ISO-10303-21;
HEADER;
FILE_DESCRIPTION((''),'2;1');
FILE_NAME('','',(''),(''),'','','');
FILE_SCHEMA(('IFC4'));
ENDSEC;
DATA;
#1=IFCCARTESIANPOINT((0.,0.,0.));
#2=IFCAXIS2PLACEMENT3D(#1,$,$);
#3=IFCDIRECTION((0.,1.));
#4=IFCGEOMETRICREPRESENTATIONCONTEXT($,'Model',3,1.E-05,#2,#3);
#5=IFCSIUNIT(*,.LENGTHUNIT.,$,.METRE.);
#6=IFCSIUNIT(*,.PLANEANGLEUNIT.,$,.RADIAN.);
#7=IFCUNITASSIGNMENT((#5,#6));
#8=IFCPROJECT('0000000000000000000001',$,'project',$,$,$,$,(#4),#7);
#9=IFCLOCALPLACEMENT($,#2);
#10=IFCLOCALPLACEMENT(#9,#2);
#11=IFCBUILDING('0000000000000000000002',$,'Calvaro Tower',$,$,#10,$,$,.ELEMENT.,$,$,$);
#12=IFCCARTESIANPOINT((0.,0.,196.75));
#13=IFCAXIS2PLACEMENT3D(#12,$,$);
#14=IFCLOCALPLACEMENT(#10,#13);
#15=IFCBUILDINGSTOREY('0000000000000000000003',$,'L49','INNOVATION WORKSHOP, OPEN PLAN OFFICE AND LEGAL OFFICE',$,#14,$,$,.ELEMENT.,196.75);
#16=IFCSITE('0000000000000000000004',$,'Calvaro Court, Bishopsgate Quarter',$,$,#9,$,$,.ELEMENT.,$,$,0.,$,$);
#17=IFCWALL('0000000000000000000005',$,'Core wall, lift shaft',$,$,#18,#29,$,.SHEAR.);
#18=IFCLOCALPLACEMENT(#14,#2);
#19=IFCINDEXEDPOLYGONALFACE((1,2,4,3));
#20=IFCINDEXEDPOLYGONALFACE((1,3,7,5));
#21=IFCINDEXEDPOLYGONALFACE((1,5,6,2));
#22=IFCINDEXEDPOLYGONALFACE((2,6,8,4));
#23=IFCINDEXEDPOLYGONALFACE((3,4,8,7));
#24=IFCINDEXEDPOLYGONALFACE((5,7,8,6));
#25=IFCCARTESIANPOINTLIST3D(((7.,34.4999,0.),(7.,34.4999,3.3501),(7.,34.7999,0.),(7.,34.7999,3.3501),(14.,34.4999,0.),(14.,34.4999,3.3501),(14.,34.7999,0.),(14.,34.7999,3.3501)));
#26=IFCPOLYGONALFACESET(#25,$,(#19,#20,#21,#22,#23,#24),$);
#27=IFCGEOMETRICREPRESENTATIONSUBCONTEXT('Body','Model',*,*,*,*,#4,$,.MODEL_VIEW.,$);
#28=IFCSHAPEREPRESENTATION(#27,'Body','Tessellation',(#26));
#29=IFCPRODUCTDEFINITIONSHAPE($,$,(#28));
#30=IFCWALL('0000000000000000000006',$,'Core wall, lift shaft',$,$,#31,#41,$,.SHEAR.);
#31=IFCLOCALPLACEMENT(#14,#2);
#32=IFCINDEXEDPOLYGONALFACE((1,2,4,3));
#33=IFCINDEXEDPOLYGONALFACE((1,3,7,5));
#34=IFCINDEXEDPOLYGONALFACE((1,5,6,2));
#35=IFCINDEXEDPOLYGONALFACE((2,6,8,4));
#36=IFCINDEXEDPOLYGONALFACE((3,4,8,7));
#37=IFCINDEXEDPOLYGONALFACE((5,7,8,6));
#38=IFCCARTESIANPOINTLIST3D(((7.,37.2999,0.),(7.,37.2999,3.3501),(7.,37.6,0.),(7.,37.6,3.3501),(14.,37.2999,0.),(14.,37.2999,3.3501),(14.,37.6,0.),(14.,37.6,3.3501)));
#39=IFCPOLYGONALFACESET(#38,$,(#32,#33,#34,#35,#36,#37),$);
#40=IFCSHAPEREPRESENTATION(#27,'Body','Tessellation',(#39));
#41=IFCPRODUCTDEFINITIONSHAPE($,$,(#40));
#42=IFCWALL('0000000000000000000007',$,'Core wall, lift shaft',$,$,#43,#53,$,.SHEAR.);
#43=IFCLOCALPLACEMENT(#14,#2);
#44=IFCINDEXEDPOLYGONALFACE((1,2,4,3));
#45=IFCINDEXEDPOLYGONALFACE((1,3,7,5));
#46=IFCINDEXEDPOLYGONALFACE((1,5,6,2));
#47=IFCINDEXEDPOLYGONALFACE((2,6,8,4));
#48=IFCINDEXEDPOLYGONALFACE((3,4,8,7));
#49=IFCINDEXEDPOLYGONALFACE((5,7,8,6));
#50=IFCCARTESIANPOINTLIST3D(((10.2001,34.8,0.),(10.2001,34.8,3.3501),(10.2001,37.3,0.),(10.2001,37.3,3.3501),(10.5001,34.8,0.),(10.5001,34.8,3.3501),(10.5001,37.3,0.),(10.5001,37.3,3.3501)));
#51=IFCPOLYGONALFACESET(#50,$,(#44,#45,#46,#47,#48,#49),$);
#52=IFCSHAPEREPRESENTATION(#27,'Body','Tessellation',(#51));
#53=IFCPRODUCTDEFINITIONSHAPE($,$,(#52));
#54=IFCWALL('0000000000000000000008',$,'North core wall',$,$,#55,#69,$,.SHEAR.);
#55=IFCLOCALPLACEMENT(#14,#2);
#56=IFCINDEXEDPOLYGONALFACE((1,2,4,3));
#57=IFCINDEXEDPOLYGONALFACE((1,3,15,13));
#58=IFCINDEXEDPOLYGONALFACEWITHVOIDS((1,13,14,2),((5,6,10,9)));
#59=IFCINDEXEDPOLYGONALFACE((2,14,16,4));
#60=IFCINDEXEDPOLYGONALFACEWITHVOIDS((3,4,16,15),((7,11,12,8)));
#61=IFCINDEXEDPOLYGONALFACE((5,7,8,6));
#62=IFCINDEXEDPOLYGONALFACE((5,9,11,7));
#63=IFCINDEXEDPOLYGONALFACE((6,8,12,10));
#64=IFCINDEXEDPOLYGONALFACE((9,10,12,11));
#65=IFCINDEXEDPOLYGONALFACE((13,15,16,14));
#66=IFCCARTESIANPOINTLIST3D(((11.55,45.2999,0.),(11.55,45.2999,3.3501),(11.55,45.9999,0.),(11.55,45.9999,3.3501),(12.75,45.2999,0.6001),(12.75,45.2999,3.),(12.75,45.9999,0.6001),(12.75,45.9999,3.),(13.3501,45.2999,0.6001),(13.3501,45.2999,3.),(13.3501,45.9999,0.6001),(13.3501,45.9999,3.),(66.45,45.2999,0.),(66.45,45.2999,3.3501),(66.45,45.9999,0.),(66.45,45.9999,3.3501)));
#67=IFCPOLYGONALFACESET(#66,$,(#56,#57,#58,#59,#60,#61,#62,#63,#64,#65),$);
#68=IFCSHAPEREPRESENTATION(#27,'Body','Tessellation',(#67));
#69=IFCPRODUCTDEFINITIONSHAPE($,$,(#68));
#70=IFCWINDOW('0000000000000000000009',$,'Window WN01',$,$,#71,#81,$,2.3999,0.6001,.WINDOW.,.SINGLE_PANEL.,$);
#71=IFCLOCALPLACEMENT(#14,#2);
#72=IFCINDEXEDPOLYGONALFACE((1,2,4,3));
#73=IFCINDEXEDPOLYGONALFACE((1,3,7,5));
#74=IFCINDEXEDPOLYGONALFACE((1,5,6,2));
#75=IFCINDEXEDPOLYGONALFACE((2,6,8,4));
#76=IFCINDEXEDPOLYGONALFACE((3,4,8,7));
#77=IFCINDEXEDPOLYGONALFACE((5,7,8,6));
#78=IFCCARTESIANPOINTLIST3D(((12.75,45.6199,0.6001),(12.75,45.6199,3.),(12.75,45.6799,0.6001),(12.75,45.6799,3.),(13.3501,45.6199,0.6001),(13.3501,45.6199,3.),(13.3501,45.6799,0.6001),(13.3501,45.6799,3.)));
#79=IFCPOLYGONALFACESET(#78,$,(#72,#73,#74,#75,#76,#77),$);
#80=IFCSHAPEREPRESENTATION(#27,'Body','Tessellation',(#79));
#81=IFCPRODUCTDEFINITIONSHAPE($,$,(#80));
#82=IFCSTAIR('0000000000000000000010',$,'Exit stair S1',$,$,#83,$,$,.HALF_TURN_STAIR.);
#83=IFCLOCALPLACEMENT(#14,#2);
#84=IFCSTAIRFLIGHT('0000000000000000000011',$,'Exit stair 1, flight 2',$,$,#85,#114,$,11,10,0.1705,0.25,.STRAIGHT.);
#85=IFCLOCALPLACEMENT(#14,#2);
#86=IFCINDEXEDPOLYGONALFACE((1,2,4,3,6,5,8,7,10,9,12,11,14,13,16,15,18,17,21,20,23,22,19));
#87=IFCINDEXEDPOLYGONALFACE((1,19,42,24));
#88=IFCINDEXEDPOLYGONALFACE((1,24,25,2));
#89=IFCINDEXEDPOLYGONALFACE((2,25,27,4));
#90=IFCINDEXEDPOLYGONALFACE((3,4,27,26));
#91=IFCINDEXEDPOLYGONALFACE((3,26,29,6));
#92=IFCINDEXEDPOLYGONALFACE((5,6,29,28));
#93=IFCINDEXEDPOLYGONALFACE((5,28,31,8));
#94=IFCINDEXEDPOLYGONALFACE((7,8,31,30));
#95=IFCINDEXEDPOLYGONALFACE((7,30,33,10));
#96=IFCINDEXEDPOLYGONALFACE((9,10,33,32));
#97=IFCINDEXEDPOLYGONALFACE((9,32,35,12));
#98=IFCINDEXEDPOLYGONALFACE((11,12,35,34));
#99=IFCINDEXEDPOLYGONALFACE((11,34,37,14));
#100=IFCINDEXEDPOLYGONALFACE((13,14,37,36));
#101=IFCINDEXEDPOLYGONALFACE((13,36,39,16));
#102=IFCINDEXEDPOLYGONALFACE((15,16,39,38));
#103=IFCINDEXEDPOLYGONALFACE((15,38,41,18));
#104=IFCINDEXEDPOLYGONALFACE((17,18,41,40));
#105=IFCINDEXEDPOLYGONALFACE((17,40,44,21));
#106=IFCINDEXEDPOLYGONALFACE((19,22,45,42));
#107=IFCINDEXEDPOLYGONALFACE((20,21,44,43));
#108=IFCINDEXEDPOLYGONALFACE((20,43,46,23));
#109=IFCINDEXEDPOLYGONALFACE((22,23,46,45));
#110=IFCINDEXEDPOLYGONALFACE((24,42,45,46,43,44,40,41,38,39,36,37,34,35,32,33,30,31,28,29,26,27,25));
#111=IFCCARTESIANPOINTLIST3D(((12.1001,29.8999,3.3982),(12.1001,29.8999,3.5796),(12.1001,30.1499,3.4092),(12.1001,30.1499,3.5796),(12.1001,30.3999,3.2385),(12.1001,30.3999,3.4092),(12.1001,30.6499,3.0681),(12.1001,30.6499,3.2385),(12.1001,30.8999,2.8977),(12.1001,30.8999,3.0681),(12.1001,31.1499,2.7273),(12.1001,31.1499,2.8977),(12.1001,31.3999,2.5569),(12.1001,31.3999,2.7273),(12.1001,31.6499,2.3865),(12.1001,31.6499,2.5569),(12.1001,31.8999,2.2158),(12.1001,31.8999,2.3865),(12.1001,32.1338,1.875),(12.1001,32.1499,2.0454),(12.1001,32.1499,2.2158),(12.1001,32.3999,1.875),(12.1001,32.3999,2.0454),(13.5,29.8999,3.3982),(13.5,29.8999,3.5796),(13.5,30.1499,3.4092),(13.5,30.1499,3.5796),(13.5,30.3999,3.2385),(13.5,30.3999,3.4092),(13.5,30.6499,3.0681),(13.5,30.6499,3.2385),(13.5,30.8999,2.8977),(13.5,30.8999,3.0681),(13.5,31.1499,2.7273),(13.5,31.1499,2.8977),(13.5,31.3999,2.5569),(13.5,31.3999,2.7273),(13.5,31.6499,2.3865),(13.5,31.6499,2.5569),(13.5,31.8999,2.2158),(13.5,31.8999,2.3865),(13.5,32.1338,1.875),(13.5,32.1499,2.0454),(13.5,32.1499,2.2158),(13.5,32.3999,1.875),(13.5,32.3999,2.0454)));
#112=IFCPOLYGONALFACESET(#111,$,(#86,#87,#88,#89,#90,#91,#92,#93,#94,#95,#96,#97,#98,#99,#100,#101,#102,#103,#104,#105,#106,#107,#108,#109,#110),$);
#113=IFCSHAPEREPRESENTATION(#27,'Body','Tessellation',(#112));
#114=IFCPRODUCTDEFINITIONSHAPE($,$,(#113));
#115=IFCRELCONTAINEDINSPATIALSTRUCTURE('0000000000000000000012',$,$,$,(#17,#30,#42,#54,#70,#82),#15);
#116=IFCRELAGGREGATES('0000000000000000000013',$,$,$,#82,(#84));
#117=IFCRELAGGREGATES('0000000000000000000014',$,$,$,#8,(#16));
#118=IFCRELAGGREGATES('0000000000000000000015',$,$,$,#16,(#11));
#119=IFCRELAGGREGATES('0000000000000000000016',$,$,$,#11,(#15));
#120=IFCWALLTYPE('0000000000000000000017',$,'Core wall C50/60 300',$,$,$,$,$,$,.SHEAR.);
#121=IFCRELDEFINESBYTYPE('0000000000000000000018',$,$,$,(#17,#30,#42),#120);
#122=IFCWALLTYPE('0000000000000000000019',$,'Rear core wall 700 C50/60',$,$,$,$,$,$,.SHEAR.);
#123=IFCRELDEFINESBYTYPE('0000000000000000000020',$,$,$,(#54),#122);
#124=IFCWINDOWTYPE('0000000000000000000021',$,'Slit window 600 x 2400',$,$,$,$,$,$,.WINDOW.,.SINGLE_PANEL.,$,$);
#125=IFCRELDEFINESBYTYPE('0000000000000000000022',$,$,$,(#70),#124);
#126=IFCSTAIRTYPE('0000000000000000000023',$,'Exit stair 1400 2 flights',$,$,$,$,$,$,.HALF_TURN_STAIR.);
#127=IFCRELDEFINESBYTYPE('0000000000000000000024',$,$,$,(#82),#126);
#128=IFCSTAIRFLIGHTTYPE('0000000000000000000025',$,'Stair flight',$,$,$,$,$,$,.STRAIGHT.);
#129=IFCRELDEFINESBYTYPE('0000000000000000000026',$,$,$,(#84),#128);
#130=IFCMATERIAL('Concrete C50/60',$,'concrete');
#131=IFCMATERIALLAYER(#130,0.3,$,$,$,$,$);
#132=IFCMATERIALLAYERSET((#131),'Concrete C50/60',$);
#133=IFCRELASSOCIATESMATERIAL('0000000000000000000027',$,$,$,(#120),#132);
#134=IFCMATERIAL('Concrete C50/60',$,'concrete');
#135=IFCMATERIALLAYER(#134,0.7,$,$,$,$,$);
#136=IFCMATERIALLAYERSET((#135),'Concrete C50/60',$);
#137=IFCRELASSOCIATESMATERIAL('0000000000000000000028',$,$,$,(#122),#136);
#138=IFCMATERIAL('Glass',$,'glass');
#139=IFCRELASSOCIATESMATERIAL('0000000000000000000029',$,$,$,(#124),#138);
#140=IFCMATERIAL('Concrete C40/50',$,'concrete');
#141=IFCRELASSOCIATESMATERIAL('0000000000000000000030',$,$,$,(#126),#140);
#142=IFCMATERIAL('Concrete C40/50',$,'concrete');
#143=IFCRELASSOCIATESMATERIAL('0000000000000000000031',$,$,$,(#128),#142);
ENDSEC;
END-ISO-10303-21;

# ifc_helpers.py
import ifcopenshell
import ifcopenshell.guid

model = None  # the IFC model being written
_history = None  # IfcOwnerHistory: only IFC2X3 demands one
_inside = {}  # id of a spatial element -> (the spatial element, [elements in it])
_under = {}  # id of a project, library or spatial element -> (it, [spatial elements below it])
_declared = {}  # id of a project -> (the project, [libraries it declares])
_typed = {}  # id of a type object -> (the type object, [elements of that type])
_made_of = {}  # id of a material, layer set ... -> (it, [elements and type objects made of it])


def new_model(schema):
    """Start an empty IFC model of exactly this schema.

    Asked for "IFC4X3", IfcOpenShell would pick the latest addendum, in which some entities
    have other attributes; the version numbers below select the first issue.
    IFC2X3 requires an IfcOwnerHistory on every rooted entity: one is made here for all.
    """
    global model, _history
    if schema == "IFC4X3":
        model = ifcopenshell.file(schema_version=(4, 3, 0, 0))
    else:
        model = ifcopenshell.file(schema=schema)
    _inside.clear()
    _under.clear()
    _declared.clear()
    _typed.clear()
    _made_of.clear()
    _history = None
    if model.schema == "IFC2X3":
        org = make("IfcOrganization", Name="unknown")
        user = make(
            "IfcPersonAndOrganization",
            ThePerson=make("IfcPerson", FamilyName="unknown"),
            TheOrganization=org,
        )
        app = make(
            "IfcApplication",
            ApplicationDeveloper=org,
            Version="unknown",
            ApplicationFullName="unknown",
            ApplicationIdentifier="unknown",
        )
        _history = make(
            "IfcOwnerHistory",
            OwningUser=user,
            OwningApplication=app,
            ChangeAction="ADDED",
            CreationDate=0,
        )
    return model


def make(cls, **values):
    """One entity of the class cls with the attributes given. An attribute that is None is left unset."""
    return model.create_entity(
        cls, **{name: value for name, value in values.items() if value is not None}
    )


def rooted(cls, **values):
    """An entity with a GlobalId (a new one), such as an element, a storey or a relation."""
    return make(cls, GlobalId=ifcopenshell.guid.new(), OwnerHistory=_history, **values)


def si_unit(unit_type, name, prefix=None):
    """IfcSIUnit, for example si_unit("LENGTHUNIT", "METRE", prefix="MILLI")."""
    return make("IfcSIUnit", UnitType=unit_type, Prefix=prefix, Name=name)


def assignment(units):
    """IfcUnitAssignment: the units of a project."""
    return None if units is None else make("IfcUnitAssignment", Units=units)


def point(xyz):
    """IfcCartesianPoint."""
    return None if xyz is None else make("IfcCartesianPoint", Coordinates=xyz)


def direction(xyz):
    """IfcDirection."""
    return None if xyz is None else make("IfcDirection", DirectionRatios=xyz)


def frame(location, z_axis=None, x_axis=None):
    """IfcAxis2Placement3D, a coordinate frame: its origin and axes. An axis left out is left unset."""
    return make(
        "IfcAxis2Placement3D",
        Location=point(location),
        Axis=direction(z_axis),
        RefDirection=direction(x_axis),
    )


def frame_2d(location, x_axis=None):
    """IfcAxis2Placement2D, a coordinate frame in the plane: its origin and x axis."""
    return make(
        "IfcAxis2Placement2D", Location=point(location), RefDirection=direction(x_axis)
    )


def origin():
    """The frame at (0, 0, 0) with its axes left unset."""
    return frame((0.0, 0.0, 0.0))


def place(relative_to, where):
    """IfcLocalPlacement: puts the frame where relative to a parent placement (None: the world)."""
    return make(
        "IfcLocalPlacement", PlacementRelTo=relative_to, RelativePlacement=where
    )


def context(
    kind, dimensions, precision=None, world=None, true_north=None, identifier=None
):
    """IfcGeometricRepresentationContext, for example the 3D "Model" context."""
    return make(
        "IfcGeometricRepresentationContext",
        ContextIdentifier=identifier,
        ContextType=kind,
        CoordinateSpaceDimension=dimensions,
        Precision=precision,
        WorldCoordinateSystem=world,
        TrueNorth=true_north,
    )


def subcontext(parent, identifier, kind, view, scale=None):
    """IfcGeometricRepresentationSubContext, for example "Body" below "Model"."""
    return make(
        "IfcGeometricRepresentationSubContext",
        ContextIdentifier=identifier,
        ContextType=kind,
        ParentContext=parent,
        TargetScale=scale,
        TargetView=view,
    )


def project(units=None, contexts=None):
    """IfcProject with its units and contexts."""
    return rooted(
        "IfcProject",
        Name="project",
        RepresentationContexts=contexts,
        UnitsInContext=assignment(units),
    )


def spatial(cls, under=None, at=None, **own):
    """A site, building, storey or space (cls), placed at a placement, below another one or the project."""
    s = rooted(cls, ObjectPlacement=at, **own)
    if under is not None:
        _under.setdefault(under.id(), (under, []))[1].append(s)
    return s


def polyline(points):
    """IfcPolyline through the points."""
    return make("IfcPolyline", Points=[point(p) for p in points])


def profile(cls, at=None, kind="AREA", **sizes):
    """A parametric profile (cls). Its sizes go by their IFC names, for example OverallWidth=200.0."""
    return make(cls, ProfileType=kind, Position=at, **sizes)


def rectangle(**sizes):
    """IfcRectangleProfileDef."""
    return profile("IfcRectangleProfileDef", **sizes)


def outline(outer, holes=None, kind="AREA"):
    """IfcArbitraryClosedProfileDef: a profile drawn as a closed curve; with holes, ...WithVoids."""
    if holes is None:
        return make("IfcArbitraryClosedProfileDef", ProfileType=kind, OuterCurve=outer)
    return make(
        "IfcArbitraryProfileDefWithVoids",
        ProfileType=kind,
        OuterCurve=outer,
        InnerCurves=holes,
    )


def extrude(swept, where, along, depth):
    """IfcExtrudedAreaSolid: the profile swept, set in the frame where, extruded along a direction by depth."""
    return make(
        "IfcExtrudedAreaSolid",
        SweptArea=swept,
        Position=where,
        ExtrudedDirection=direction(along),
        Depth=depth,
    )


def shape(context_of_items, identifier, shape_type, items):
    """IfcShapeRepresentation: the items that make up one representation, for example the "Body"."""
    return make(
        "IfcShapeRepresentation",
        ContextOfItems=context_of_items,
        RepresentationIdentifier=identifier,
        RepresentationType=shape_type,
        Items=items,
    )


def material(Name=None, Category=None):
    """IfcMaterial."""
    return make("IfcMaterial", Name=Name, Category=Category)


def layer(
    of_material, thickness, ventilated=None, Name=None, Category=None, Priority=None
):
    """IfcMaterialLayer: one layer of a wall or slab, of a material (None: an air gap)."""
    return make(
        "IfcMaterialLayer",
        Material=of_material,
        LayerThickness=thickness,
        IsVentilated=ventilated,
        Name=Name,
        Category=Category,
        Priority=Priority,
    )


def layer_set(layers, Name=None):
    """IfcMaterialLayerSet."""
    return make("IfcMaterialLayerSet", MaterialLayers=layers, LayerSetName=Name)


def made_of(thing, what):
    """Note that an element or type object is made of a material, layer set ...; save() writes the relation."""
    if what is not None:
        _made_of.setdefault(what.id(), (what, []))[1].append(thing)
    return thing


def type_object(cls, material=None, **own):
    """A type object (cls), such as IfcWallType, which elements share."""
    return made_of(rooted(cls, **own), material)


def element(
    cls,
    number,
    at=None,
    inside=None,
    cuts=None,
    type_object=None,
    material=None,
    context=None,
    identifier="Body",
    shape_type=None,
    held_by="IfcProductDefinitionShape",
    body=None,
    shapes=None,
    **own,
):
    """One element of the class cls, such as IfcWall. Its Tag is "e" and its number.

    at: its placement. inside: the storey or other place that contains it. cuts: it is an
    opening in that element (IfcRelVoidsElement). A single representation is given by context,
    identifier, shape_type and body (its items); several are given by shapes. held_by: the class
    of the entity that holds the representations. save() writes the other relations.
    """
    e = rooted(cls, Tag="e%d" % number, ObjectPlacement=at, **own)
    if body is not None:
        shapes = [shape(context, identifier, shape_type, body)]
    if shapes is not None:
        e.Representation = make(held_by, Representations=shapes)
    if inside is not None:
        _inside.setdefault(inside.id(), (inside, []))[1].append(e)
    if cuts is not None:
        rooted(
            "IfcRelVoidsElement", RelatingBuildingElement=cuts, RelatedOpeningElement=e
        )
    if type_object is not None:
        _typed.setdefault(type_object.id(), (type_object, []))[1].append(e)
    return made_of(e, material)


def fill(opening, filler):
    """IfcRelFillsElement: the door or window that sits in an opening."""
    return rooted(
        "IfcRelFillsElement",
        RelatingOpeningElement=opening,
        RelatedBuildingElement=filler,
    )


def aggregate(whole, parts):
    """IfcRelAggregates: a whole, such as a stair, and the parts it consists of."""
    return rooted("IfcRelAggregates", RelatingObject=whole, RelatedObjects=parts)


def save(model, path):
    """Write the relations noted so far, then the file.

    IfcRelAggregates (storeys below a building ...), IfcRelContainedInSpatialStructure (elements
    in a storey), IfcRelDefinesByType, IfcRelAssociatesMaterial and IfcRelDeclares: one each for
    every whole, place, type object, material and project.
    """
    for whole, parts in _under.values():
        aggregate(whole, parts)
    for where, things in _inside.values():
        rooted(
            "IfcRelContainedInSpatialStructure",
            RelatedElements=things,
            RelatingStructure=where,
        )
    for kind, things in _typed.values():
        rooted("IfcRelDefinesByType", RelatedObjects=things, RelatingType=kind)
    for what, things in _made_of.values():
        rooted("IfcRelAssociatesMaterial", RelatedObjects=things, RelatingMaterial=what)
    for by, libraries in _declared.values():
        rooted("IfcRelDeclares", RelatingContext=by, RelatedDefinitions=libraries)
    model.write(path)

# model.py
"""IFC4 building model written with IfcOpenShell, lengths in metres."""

from ifc_helpers import new_model, si_unit, direction, frame, frame_2d, origin, place, context, subcontext, project, spatial, polyline, rectangle, outline, extrude, material, layer, layer_set, type_object, element, fill, aggregate, save


model = new_model("IFC4")

# Units and contexts
model_context = context("Model", 3, precision=1e-05, world=origin(), true_north=direction((0.0, 1.0)))
body_context = subcontext(model_context, "Body", "Model", "MODEL_VIEW")
ifc_project = project(units=[si_unit("LENGTHUNIT", "METRE"), si_unit("PLANEANGLEUNIT", "RADIAN")], contexts=[model_context])

# Site, building, storey
site_placement = place(None, origin())
site = spatial("IfcSite", under=ifc_project, at=site_placement, Name="Calvaro Court, Bishopsgate Quarter", CompositionType="ELEMENT", RefElevation=0.0)
building_placement = place(site_placement, origin())
building = spatial("IfcBuilding", under=site, at=building_placement, Name="Calvaro Tower", CompositionType="ELEMENT")
storey_placement = place(building_placement, frame((0.0, 0.0, 196.75)))
storey = spatial("IfcBuildingStorey", under=building, at=storey_placement, Name="L49", Description="INNOVATION WORKSHOP, OPEN PLAN OFFICE AND LEGAL OFFICE", CompositionType="ELEMENT", Elevation=196.75)

# Walls
ifc_material_1 = material(Name="Concrete C50/60", Category="concrete")
ifc_layer_1 = layer(ifc_material_1, 0.3)
ifc_layer_set_1 = layer_set([ifc_layer_1], Name="Concrete C50/60")
wall_type_1 = type_object("IfcWallType", Name="Core wall C50/60 300", PredefinedType="SHEAR", material=ifc_layer_set_1)
for number, where, z_axis, x_axis, name in (
    (1, (7.0, 34.6499, 0.0), (0.0, 0.0, 1.0), (1.0, 0.0, 0.0), "Core wall, lift shaft"),
    (2, (7.0, 37.45, 0.0), (0.0, 0.0, 1.0), (1.0, 0.0, 0.0), "Core wall, lift shaft"),
):
    element("IfcWall", number, at=place(storey_placement, frame(where, z_axis=z_axis, x_axis=x_axis)), inside=storey, type_object=wall_type_1, Name=name, PredefinedType="SHEAR", context=body_context, shape_type="SweptSolid", body=[
        extrude(rectangle(XDim=7.0, YDim=0.3, at=frame_2d((3.5, 0.0))), origin(), (0.0, 0.0, 1.0), 3.3501),
    ])
wall_1_placement = place(storey_placement, frame((10.3501, 34.8, 0.0), z_axis=(0.0, 0.0, 1.0), x_axis=(0.0, 1.0, 0.0)))
element("IfcWall", 3, at=wall_1_placement, inside=storey, type_object=wall_type_1, Name="Core wall, lift shaft", PredefinedType="SHEAR", context=body_context, shape_type="SweptSolid", body=[
    extrude(rectangle(XDim=2.5, YDim=0.3, at=frame_2d((1.25, 0.0))), origin(), (0.0, 0.0, 1.0), 3.3501),
])

# Wall, opening, window
ifc_material_2 = material(Name="Concrete C50/60", Category="concrete")
ifc_layer_2 = layer(ifc_material_2, 0.7)
ifc_layer_set_2 = layer_set([ifc_layer_2], Name="Concrete C50/60")
wall_type_2 = type_object("IfcWallType", Name="Rear core wall 700 C50/60", PredefinedType="SHEAR", material=ifc_layer_set_2)
wall_2_placement = place(storey_placement, frame((11.55, 45.6499, 0.0), z_axis=(0.0, 0.0, 1.0), x_axis=(1.0, 0.0, 0.0)))
wall_2 = element("IfcWall", 4, at=wall_2_placement, inside=storey, type_object=wall_type_2, Name="North core wall", PredefinedType="SHEAR", context=body_context, shape_type="SweptSolid", body=[
    extrude(rectangle(XDim=54.8999, YDim=0.7, at=frame_2d((27.45, 0.0))), origin(), (0.0, 0.0, 1.0), 3.3501),
])
opening_1_placement = place(wall_2_placement, frame((1.2, 0.0, 0.6001)))
opening_1 = element("IfcOpeningElement", 5, at=opening_1_placement, cuts=wall_2, PredefinedType="OPENING", context=body_context, shape_type="SweptSolid", body=[
    extrude(rectangle(XDim=0.6001, YDim=2.3999, at=frame_2d((0.3, 1.2))), frame((0.0, 0.3599, 0.0), z_axis=(0.0, -1.0, 0.0), x_axis=(1.0, 0.0, 0.0)), (0.0, 0.0, 1.0), 0.72),
])
ifc_material_3 = material(Name="Glass", Category="glass")
window_type = type_object("IfcWindowType", Name="Slit window 600 x 2400", PartitioningType="SINGLE_PANEL", PredefinedType="WINDOW", material=ifc_material_3)
window_placement = place(opening_1_placement, origin())
window = element("IfcWindow", 6, at=window_placement, inside=storey, type_object=window_type, Name="Window WN01", OverallHeight=2.3999, OverallWidth=0.6001, PartitioningType="SINGLE_PANEL", PredefinedType="WINDOW", context=body_context, shape_type="SweptSolid", body=[
    extrude(rectangle(XDim=0.6001, YDim=2.3999, at=frame_2d((0.3, 1.2))), frame((0.0, 0.03, 0.0), z_axis=(0.0, -1.0, 0.0), x_axis=(1.0, 0.0, 0.0)), (0.0, 0.0, 1.0), 0.0601),
])
fill(opening_1, window)

# Stair, stair flight
ifc_material_4 = material(Name="Concrete C40/50", Category="concrete")
stair_type = type_object("IfcStairType", Name="Exit stair 1400 2 flights", PredefinedType="HALF_TURN_STAIR", material=ifc_material_4)
stair_placement = place(storey_placement, origin())
stair = element("IfcStair", 7, at=stair_placement, inside=storey, type_object=stair_type, Name="Exit stair S1", PredefinedType="HALF_TURN_STAIR")
ifc_material_5 = material(Name="Concrete C40/50", Category="concrete")
stair_flight_type = type_object("IfcStairFlightType", Name="Stair flight", PredefinedType="STRAIGHT", material=ifc_material_5)
stair_flight_placement = place(storey_placement, frame((12.8, 32.3999, 1.875), z_axis=(0.0, 0.0, 1.0), x_axis=(0.0, -1.0, 0.0)))
stair_flight = element("IfcStairFlight", 8, at=stair_flight_placement, type_object=stair_flight_type, Name="Exit stair 1, flight 2", NumberOfRisers=11, NumberOfTreads=10, PredefinedType="STRAIGHT", RiserHeight=0.1705, TreadLength=0.25, context=body_context, shape_type="SweptSolid", body=[
    extrude(outline(polyline([(0.0, 0.0), (0.0, 0.1704), (0.25, 0.1704), (0.25, 0.3408), (0.5, 0.3408), (0.5, 0.5115), (0.75, 0.5115), (0.75, 0.6819), (1.0, 0.6819), (1.0, 0.8523), (1.25, 0.8523), (1.25, 1.0227), (1.5, 1.0227), (1.5, 1.1931), (1.75, 1.1931), (1.75, 1.3635), (2.0, 1.3635), (2.0, 1.5342), (2.25, 1.5342), (2.25, 1.7046), (2.5, 1.7046), (2.5, 1.875), (2.5, 1.5232), (0.2661, 0.0), (0.0, 0.0)])), frame((0.0, 0.7, 0.0), z_axis=(0.0, -1.0, 0.0), x_axis=(1.0, 0.0, 0.0)), (0.0, 0.0, 1.0), 1.3999),
])
aggregate(stair, [stair_flight])

save(model, "model.ifc")
